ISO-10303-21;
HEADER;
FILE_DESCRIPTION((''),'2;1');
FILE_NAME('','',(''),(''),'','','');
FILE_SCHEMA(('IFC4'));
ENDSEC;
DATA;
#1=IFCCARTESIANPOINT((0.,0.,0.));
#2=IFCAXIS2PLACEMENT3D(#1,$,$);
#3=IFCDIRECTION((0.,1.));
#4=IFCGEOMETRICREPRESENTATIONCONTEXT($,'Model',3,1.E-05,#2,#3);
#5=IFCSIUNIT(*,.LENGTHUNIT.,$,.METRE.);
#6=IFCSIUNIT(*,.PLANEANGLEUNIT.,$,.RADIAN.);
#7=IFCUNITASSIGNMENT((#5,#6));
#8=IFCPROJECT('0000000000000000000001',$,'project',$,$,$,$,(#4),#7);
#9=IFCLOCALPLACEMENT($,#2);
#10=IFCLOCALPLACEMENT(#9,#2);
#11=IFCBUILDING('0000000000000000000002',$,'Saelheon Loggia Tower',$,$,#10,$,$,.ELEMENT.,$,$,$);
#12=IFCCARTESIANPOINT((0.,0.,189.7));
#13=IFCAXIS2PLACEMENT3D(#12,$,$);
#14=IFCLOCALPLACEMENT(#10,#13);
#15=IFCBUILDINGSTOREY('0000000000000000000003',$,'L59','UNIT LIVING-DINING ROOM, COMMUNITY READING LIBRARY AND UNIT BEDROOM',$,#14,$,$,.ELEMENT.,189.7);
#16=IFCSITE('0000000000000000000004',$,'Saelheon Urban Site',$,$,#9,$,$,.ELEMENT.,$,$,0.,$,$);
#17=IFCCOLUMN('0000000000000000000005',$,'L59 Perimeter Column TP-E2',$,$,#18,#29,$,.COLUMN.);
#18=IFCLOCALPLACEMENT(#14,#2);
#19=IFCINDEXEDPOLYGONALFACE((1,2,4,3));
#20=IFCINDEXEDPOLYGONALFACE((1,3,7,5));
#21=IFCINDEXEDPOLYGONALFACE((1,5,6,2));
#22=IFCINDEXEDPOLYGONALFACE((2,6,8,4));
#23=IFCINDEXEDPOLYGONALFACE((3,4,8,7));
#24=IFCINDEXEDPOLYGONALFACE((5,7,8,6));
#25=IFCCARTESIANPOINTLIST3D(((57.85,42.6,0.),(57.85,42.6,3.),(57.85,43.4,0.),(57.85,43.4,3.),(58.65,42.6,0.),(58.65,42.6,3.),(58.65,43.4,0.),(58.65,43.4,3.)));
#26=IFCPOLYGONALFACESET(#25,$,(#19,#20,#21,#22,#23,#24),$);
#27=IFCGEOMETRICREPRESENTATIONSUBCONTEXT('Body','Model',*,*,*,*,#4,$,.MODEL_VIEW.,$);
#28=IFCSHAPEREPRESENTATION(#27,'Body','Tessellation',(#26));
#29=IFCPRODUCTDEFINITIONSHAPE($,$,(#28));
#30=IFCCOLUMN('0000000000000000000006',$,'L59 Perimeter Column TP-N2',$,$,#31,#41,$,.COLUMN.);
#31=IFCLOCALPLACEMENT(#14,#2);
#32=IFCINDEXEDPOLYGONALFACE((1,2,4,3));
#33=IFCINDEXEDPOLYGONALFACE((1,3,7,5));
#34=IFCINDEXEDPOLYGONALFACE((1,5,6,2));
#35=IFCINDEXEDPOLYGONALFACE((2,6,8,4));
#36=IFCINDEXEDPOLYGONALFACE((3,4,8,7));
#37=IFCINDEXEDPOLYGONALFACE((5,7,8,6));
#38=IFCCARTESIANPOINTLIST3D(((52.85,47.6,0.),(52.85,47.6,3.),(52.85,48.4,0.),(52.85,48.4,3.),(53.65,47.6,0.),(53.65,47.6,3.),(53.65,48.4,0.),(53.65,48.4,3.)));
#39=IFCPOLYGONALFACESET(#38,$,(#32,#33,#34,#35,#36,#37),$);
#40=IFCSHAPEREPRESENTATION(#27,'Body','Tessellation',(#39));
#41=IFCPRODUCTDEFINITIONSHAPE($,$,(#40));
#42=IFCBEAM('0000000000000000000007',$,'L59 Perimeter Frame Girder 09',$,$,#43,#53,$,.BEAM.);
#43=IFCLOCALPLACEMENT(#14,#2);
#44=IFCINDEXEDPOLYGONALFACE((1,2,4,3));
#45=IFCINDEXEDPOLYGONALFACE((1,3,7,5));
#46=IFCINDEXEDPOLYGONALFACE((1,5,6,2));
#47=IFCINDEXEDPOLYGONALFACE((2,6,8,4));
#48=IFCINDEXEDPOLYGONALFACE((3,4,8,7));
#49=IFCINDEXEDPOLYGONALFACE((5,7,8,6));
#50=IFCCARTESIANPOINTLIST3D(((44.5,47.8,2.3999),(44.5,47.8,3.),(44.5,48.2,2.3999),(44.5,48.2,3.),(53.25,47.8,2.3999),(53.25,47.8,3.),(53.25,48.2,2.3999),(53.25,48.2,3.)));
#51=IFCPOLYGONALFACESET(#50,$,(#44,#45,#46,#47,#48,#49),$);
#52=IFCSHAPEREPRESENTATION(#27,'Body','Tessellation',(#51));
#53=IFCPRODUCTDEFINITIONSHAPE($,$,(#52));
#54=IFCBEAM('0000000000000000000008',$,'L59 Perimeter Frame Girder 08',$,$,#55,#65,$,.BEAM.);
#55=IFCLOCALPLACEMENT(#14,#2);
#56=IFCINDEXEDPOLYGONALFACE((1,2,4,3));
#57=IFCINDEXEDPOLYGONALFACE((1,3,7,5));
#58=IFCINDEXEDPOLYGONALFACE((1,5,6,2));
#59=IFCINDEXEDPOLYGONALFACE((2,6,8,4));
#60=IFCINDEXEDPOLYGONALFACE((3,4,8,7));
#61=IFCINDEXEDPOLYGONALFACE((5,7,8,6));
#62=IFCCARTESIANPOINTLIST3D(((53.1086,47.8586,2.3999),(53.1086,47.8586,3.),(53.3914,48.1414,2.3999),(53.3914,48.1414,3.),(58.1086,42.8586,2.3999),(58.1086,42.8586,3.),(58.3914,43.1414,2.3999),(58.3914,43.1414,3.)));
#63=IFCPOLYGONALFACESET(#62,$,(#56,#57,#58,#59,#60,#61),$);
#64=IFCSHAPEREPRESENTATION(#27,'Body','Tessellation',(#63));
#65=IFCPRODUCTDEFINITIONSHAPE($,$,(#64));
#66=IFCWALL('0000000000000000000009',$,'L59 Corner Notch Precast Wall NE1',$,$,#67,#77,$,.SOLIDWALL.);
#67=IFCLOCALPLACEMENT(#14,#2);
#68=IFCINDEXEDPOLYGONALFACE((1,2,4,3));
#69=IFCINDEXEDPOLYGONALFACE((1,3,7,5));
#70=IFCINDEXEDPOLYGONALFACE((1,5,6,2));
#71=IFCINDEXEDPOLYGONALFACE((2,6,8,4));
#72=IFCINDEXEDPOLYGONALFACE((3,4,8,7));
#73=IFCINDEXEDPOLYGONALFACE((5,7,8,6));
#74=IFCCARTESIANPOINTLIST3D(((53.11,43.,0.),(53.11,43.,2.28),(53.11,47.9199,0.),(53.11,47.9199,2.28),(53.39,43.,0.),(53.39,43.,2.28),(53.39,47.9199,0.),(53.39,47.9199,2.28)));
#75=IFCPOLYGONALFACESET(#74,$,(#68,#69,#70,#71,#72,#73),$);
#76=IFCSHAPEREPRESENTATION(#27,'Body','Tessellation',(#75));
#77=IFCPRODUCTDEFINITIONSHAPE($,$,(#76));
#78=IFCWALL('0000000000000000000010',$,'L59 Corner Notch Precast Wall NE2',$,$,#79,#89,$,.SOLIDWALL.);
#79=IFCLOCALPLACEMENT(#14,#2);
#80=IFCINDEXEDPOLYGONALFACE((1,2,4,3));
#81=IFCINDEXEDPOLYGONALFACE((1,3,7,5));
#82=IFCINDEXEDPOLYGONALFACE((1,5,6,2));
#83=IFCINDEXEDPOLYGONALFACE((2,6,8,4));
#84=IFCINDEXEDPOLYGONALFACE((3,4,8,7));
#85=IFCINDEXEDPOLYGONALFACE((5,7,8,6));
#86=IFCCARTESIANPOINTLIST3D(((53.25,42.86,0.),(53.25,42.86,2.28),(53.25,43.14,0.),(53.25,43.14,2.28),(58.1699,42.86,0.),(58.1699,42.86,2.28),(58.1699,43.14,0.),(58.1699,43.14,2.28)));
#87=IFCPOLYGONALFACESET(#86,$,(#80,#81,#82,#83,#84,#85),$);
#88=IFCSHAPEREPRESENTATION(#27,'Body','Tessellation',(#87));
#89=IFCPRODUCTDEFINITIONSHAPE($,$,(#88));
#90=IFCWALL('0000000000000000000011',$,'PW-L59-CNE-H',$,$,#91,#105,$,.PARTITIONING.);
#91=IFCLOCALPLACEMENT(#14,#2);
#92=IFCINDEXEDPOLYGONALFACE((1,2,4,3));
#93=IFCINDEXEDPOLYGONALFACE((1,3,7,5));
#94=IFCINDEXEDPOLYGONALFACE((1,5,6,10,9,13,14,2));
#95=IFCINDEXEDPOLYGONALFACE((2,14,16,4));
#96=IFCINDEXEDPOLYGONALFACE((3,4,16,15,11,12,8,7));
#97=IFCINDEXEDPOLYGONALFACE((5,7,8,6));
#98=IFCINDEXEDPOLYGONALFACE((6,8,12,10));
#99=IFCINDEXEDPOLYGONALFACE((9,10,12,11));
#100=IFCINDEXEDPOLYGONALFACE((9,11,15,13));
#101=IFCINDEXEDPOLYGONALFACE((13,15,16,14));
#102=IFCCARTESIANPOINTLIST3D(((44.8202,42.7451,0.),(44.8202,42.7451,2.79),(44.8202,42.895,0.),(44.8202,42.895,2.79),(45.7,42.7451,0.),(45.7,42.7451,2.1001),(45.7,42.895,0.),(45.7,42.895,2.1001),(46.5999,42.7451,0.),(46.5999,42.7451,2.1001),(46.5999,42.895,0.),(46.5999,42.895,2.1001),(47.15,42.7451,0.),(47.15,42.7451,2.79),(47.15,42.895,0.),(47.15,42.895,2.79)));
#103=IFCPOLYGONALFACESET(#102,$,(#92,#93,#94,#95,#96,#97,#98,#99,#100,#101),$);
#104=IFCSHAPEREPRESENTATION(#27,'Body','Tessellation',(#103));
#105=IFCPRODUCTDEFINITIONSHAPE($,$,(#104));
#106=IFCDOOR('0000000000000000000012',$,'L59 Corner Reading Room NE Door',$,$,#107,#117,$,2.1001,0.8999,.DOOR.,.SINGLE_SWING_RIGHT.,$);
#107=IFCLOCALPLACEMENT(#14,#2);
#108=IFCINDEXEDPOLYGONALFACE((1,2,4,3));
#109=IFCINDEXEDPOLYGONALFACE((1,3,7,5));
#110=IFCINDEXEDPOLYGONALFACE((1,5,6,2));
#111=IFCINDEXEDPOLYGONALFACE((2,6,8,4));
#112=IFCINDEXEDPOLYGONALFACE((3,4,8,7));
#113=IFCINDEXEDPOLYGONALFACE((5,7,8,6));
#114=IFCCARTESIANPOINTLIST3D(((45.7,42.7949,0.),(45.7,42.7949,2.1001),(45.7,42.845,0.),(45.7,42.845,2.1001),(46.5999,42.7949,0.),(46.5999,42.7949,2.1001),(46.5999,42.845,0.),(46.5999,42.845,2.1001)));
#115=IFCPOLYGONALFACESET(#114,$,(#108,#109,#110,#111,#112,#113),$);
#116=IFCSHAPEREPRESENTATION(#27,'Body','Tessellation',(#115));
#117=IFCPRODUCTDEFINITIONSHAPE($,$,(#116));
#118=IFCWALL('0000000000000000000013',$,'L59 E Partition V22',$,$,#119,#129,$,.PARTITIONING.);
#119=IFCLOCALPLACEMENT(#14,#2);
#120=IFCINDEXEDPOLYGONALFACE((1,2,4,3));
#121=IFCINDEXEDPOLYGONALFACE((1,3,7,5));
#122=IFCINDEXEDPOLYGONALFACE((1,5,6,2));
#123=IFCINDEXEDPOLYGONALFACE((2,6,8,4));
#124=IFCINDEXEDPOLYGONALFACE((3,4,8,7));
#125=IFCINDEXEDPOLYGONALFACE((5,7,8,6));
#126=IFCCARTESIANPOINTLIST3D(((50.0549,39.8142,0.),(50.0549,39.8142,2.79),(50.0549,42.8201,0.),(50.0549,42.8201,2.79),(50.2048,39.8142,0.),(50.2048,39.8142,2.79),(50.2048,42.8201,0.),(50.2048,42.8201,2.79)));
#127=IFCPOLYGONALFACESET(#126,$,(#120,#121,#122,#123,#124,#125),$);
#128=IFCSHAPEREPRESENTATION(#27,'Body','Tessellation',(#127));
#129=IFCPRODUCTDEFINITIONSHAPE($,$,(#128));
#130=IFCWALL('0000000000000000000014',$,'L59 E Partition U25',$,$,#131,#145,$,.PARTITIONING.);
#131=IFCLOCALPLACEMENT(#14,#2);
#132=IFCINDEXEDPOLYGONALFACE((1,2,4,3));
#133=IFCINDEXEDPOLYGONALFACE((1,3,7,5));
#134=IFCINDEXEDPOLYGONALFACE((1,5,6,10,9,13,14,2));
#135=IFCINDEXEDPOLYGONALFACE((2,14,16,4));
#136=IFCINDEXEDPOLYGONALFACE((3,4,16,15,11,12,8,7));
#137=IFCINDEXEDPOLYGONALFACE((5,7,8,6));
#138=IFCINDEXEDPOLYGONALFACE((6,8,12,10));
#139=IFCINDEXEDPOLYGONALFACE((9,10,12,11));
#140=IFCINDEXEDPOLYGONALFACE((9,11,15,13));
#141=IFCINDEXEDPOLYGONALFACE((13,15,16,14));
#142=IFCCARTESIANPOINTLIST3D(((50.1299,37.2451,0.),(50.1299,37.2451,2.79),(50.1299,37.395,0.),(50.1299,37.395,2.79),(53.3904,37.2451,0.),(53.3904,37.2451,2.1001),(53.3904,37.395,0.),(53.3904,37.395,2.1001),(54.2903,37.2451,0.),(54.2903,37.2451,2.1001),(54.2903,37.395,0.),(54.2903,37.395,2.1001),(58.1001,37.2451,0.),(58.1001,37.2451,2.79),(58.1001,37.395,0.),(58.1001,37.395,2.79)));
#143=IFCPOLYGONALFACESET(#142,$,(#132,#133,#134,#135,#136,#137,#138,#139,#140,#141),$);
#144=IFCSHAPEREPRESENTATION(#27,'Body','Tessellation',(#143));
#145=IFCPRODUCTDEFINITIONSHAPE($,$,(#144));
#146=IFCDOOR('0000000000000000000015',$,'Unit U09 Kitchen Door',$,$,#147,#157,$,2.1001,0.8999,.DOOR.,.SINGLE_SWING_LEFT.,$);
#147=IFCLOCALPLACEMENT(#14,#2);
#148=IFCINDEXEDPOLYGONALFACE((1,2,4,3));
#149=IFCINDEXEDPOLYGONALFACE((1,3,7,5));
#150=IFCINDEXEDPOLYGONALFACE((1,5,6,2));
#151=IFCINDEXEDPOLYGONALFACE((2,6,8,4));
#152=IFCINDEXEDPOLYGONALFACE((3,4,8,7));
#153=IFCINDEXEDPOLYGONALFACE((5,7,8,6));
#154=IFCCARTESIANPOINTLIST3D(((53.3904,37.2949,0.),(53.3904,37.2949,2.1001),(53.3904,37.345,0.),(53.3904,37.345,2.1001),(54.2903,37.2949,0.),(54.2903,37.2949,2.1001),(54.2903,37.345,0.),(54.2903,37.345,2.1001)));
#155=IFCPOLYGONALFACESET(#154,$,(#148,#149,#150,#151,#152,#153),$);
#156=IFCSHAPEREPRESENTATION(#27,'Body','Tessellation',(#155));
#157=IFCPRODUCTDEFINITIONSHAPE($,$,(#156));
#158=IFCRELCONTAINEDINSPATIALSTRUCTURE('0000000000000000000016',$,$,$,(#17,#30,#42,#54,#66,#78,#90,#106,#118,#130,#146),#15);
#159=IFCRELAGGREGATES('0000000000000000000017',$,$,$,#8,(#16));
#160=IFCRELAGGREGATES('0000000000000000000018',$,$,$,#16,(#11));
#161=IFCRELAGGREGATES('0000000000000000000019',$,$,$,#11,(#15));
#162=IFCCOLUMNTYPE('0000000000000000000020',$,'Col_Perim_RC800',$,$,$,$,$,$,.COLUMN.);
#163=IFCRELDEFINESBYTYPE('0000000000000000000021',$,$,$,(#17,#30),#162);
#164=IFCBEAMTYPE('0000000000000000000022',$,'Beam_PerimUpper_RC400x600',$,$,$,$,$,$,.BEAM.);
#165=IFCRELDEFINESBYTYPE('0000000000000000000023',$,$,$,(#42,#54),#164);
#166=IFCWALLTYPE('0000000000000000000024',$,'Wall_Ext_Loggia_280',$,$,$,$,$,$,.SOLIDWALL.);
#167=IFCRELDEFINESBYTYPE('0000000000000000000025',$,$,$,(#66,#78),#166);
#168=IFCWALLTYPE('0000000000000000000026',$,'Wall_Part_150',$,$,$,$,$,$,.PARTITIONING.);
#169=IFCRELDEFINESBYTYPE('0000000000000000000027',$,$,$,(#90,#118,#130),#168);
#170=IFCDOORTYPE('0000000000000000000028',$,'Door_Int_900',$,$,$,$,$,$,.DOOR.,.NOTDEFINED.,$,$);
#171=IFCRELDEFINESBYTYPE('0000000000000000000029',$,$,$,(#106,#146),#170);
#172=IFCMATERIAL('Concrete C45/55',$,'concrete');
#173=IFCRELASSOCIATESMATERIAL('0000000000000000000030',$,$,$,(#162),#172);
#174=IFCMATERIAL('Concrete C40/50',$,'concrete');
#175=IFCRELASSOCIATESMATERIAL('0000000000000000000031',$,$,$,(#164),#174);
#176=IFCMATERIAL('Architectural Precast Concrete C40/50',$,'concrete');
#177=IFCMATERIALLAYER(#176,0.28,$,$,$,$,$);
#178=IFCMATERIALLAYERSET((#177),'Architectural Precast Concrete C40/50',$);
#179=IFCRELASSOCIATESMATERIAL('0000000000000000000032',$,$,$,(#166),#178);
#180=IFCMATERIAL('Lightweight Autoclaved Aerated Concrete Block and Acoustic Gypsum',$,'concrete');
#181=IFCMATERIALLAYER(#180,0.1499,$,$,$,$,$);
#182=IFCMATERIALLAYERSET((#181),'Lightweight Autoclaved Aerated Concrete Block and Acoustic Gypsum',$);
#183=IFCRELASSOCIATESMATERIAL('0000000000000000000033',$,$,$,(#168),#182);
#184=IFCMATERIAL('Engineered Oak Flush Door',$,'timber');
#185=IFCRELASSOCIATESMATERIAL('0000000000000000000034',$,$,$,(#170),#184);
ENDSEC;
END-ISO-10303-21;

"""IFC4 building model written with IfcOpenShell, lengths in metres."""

from ifc_helpers import new_model, si_unit, direction, frame, frame_2d, origin, origin_2d, place, context, subcontext, project, spatial, rectangle, extrude, source, transform, mapped, material, layer, layer_set, material_profile, profile_set, type_object, element, fill, save


model = new_model("IFC4")

# Units and contexts
model_context = context("Model", 3, precision=1e-05, world=origin(), true_north=direction((0.0, 1.0)))
body_context = subcontext(model_context, "Body", "Model", "MODEL_VIEW")
ifc_project = project(units=[si_unit("LENGTHUNIT", "METRE"), si_unit("PLANEANGLEUNIT", "RADIAN")], contexts=[model_context])

# Site, building, storey
site_placement = place(None, origin())
site = spatial("IfcSite", under=ifc_project, at=site_placement, Name="Saelheon Urban Site", CompositionType="ELEMENT", RefElevation=0.0)
building_placement = place(site_placement, origin())
building = spatial("IfcBuilding", under=site, at=building_placement, Name="Saelheon Loggia Tower", CompositionType="ELEMENT")
storey_placement = place(building_placement, frame((0.0, 0.0, 189.7)))
storey = spatial("IfcBuildingStorey", under=building, at=storey_placement, Name="L59", Description="UNIT LIVING-DINING ROOM, COMMUNITY READING LIBRARY AND UNIT BEDROOM", CompositionType="ELEMENT", Elevation=189.7)

# Columns
ifc_material_1 = material(Name="Concrete C45/55", Category="concrete")
ifc_material_profile_1 = material_profile(ifc_material_1, rectangle(XDim=0.8, YDim=0.8, at=origin_2d()), Name="RC-800x800")
ifc_profile_set_1 = profile_set([ifc_material_profile_1], Name="Concrete C45/55")
column_type = type_object("IfcColumnType", Name="Col_Perim_RC800", PredefinedType="COLUMN", material=ifc_profile_set_1)
shared_shape_1 = source(origin(), body_context, "Body", "SweptSolid", [
    extrude(rectangle(XDim=0.8, YDim=0.8, at=origin_2d()), origin(), (0.0, 0.0, 1.0), 3.0),
])
for number, where, z_axis, x_axis, name in (
    (1, (58.25, 43.0, 0.0), (0.0, 0.0, 1.0), (1.0, 0.0, 0.0), "L59 Perimeter Column TP-E2"),
    (2, (53.25, 48.0, 0.0), (0.0, 0.0, 1.0), (1.0, 0.0, 0.0), "L59 Perimeter Column TP-N2"),
):
    element("IfcColumn", number, at=place(storey_placement, frame(where, z_axis=z_axis, x_axis=x_axis)), inside=storey, type_object=column_type, Name=name, PredefinedType="COLUMN", context=body_context, shape_type="MappedRepresentation", body=[
        mapped(shared_shape_1, transform((0.0, 0.0, 0.0), scale=1.0)),
    ])

# Beams
ifc_material_2 = material(Name="Concrete C40/50", Category="concrete")
ifc_material_profile_2 = material_profile(ifc_material_2, rectangle(XDim=0.3999, YDim=0.6001, at=origin_2d()), Name="RC-400x600")
ifc_profile_set_2 = profile_set([ifc_material_profile_2], Name="Concrete C40/50")
beam_type = type_object("IfcBeamType", Name="Beam_PerimUpper_RC400x600", PredefinedType="BEAM", material=ifc_profile_set_2)
shared_shape_2 = source(origin(), body_context, "Body", "SweptSolid", [
    extrude(rectangle(XDim=0.3999, YDim=0.6001, at=origin_2d()), origin(), (0.0, 0.0, 1.0), 8.75),
])
beam_1_placement = place(storey_placement, frame((53.25, 48.0, 2.7), z_axis=(-1.0, 0.0, 0.0), x_axis=(0.0, -1.0, 0.0)))
element("IfcBeam", 3, at=beam_1_placement, inside=storey, type_object=beam_type, Name="L59 Perimeter Frame Girder 09", PredefinedType="BEAM", context=body_context, shape_type="MappedRepresentation", body=[
    mapped(shared_shape_2, transform((0.0, 0.0, 0.0), scale=1.0)),
])
shared_shape_3 = source(origin(), body_context, "Body", "SweptSolid", [
    extrude(rectangle(XDim=0.3999, YDim=0.6001, at=origin_2d()), origin(), (0.0, 0.0, 1.0), 7.071),
])
beam_2_placement = place(storey_placement, frame((58.25, 43.0, 2.7), z_axis=(-0.707107, 0.707107, 0.0), x_axis=(-0.707107, -0.707107, 0.0)))
element("IfcBeam", 4, at=beam_2_placement, inside=storey, type_object=beam_type, Name="L59 Perimeter Frame Girder 08", PredefinedType="BEAM", context=body_context, shape_type="MappedRepresentation", body=[
    mapped(shared_shape_3, transform((0.0, 0.0, 0.0), scale=1.0)),
])

# Walls
ifc_material_3 = material(Name="Architectural Precast Concrete C40/50", Category="concrete")
ifc_layer_1 = layer(ifc_material_3, 0.28)
ifc_layer_set_1 = layer_set([ifc_layer_1], Name="Architectural Precast Concrete C40/50")
wall_type_1 = type_object("IfcWallType", Name="Wall_Ext_Loggia_280", PredefinedType="SOLIDWALL", material=ifc_layer_set_1)
for number, where, z_axis, x_axis, name in (
    (5, (53.25, 43.0, 0.0), (0.0, 0.0, 1.0), (0.0, 1.0, 0.0), "L59 Corner Notch Precast Wall NE1"),
    (6, (53.25, 43.0, 0.0), (0.0, 0.0, 1.0), (1.0, 0.0, 0.0), "L59 Corner Notch Precast Wall NE2"),
):
    element("IfcWall", number, at=place(storey_placement, frame(where, z_axis=z_axis, x_axis=x_axis)), inside=storey, type_object=wall_type_1, Name=name, PredefinedType="SOLIDWALL", context=body_context, shape_type="SweptSolid", body=[
        extrude(rectangle(XDim=4.9199, YDim=0.28, at=frame_2d((2.46, 0.0))), origin(), (0.0, 0.0, 1.0), 2.28),
    ])

# Wall, opening, door
ifc_material_4 = material(Name="Lightweight Autoclaved Aerated Concrete Block and Acoustic Gypsum", Category="concrete")
ifc_layer_2 = layer(ifc_material_4, 0.1499)
ifc_layer_set_2 = layer_set([ifc_layer_2], Name="Lightweight Autoclaved Aerated Concrete Block and Acoustic Gypsum")
wall_type_2 = type_object("IfcWallType", Name="Wall_Part_150", PredefinedType="PARTITIONING", material=ifc_layer_set_2)
wall_1_placement = place(storey_placement, frame((44.8201, 42.8201, 0.0), z_axis=(0.0, 0.0, 1.0), x_axis=(1.0, 0.0, 0.0)))
wall_1 = element("IfcWall", 7, at=wall_1_placement, inside=storey, type_object=wall_type_2, Name="PW-L59-CNE-H", PredefinedType="PARTITIONING", context=body_context, shape_type="SweptSolid", body=[
    extrude(rectangle(XDim=2.3298, YDim=0.1499, at=frame_2d((1.165, 0.0))), origin(), (0.0, 0.0, 1.0), 2.79),
])
opening_1_placement = place(wall_1_placement, frame((0.8799, 0.0, 0.0)))
opening_1 = element("IfcOpeningElement", 8, at=opening_1_placement, cuts=wall_1, PredefinedType="OPENING", context=body_context, shape_type="SweptSolid", body=[
    extrude(rectangle(XDim=0.8999, YDim=2.1001, at=frame_2d((0.45, 1.05))), frame((0.0, 0.0869, 0.0), z_axis=(0.0, -1.0, 0.0), x_axis=(1.0, 0.0, 0.0)), (0.0, 0.0, 1.0), 0.1738),
])
ifc_material_5 = material(Name="Engineered Oak Flush Door", Category="timber")
door_type = type_object("IfcDoorType", Name="Door_Int_900", OperationType="NOTDEFINED", PredefinedType="DOOR", material=ifc_material_5)
shared_shape_4 = source(origin(), body_context, "Body", "SweptSolid", [
    extrude(rectangle(XDim=0.8999, YDim=2.1001, at=frame_2d((0.45, 1.05))), frame((0.0, 0.0249, 0.0), z_axis=(0.0, -1.0, 0.0), x_axis=(1.0, 0.0, 0.0)), (0.0, 0.0, 1.0), 0.05),
])
door_1_placement = place(opening_1_placement, origin())
door_1 = element("IfcDoor", 9, at=door_1_placement, inside=storey, type_object=door_type, Name="L59 Corner Reading Room NE Door", OperationType="SINGLE_SWING_RIGHT", OverallHeight=2.1001, OverallWidth=0.8999, PredefinedType="DOOR", context=body_context, shape_type="MappedRepresentation", body=[
    mapped(shared_shape_4, transform((0.0, 0.0, 0.0), scale=1.0)),
])
fill(opening_1, door_1)

# Wall
wall_2_placement = place(storey_placement, frame((50.1299, 39.8142, 0.0), z_axis=(0.0, 0.0, 1.0), x_axis=(0.0, 1.0, 0.0)))
element("IfcWall", 10, at=wall_2_placement, inside=storey, type_object=wall_type_2, Name="L59 E Partition V22", PredefinedType="PARTITIONING", context=body_context, shape_type="SweptSolid", body=[
    extrude(rectangle(XDim=3.0059, YDim=0.1499, at=frame_2d((1.5029, 0.0))), origin(), (0.0, 0.0, 1.0), 2.79),
])

# Wall, opening, door
wall_3_placement = place(storey_placement, frame((50.1299, 37.3201, 0.0), z_axis=(0.0, 0.0, 1.0), x_axis=(1.0, 0.0, 0.0)))
wall_3 = element("IfcWall", 11, at=wall_3_placement, inside=storey, type_object=wall_type_2, Name="L59 E Partition U25", PredefinedType="PARTITIONING", context=body_context, shape_type="SweptSolid", body=[
    extrude(rectangle(XDim=7.9702, YDim=0.1499, at=frame_2d((3.9851, 0.0))), origin(), (0.0, 0.0, 1.0), 2.79),
])
opening_2_placement = place(wall_3_placement, frame((3.2605, 0.0, 0.0)))
opening_2 = element("IfcOpeningElement", 12, at=opening_2_placement, cuts=wall_3, PredefinedType="OPENING", context=body_context, shape_type="SweptSolid", body=[
    extrude(rectangle(XDim=0.8999, YDim=2.1001, at=frame_2d((0.45, 1.05))), frame((0.0, 0.0869, 0.0), z_axis=(0.0, -1.0, 0.0), x_axis=(1.0, 0.0, 0.0)), (0.0, 0.0, 1.0), 0.1738),
])
door_2_placement = place(opening_2_placement, origin())
door_2 = element("IfcDoor", 13, at=door_2_placement, inside=storey, type_object=door_type, Name="Unit U09 Kitchen Door", OperationType="SINGLE_SWING_LEFT", OverallHeight=2.1001, OverallWidth=0.8999, PredefinedType="DOOR", context=body_context, shape_type="MappedRepresentation", body=[
    mapped(shared_shape_4, transform((0.0, 0.0, 0.0), scale=1.0)),
])
fill(opening_2, door_2)

save(model, "model.ifc")
